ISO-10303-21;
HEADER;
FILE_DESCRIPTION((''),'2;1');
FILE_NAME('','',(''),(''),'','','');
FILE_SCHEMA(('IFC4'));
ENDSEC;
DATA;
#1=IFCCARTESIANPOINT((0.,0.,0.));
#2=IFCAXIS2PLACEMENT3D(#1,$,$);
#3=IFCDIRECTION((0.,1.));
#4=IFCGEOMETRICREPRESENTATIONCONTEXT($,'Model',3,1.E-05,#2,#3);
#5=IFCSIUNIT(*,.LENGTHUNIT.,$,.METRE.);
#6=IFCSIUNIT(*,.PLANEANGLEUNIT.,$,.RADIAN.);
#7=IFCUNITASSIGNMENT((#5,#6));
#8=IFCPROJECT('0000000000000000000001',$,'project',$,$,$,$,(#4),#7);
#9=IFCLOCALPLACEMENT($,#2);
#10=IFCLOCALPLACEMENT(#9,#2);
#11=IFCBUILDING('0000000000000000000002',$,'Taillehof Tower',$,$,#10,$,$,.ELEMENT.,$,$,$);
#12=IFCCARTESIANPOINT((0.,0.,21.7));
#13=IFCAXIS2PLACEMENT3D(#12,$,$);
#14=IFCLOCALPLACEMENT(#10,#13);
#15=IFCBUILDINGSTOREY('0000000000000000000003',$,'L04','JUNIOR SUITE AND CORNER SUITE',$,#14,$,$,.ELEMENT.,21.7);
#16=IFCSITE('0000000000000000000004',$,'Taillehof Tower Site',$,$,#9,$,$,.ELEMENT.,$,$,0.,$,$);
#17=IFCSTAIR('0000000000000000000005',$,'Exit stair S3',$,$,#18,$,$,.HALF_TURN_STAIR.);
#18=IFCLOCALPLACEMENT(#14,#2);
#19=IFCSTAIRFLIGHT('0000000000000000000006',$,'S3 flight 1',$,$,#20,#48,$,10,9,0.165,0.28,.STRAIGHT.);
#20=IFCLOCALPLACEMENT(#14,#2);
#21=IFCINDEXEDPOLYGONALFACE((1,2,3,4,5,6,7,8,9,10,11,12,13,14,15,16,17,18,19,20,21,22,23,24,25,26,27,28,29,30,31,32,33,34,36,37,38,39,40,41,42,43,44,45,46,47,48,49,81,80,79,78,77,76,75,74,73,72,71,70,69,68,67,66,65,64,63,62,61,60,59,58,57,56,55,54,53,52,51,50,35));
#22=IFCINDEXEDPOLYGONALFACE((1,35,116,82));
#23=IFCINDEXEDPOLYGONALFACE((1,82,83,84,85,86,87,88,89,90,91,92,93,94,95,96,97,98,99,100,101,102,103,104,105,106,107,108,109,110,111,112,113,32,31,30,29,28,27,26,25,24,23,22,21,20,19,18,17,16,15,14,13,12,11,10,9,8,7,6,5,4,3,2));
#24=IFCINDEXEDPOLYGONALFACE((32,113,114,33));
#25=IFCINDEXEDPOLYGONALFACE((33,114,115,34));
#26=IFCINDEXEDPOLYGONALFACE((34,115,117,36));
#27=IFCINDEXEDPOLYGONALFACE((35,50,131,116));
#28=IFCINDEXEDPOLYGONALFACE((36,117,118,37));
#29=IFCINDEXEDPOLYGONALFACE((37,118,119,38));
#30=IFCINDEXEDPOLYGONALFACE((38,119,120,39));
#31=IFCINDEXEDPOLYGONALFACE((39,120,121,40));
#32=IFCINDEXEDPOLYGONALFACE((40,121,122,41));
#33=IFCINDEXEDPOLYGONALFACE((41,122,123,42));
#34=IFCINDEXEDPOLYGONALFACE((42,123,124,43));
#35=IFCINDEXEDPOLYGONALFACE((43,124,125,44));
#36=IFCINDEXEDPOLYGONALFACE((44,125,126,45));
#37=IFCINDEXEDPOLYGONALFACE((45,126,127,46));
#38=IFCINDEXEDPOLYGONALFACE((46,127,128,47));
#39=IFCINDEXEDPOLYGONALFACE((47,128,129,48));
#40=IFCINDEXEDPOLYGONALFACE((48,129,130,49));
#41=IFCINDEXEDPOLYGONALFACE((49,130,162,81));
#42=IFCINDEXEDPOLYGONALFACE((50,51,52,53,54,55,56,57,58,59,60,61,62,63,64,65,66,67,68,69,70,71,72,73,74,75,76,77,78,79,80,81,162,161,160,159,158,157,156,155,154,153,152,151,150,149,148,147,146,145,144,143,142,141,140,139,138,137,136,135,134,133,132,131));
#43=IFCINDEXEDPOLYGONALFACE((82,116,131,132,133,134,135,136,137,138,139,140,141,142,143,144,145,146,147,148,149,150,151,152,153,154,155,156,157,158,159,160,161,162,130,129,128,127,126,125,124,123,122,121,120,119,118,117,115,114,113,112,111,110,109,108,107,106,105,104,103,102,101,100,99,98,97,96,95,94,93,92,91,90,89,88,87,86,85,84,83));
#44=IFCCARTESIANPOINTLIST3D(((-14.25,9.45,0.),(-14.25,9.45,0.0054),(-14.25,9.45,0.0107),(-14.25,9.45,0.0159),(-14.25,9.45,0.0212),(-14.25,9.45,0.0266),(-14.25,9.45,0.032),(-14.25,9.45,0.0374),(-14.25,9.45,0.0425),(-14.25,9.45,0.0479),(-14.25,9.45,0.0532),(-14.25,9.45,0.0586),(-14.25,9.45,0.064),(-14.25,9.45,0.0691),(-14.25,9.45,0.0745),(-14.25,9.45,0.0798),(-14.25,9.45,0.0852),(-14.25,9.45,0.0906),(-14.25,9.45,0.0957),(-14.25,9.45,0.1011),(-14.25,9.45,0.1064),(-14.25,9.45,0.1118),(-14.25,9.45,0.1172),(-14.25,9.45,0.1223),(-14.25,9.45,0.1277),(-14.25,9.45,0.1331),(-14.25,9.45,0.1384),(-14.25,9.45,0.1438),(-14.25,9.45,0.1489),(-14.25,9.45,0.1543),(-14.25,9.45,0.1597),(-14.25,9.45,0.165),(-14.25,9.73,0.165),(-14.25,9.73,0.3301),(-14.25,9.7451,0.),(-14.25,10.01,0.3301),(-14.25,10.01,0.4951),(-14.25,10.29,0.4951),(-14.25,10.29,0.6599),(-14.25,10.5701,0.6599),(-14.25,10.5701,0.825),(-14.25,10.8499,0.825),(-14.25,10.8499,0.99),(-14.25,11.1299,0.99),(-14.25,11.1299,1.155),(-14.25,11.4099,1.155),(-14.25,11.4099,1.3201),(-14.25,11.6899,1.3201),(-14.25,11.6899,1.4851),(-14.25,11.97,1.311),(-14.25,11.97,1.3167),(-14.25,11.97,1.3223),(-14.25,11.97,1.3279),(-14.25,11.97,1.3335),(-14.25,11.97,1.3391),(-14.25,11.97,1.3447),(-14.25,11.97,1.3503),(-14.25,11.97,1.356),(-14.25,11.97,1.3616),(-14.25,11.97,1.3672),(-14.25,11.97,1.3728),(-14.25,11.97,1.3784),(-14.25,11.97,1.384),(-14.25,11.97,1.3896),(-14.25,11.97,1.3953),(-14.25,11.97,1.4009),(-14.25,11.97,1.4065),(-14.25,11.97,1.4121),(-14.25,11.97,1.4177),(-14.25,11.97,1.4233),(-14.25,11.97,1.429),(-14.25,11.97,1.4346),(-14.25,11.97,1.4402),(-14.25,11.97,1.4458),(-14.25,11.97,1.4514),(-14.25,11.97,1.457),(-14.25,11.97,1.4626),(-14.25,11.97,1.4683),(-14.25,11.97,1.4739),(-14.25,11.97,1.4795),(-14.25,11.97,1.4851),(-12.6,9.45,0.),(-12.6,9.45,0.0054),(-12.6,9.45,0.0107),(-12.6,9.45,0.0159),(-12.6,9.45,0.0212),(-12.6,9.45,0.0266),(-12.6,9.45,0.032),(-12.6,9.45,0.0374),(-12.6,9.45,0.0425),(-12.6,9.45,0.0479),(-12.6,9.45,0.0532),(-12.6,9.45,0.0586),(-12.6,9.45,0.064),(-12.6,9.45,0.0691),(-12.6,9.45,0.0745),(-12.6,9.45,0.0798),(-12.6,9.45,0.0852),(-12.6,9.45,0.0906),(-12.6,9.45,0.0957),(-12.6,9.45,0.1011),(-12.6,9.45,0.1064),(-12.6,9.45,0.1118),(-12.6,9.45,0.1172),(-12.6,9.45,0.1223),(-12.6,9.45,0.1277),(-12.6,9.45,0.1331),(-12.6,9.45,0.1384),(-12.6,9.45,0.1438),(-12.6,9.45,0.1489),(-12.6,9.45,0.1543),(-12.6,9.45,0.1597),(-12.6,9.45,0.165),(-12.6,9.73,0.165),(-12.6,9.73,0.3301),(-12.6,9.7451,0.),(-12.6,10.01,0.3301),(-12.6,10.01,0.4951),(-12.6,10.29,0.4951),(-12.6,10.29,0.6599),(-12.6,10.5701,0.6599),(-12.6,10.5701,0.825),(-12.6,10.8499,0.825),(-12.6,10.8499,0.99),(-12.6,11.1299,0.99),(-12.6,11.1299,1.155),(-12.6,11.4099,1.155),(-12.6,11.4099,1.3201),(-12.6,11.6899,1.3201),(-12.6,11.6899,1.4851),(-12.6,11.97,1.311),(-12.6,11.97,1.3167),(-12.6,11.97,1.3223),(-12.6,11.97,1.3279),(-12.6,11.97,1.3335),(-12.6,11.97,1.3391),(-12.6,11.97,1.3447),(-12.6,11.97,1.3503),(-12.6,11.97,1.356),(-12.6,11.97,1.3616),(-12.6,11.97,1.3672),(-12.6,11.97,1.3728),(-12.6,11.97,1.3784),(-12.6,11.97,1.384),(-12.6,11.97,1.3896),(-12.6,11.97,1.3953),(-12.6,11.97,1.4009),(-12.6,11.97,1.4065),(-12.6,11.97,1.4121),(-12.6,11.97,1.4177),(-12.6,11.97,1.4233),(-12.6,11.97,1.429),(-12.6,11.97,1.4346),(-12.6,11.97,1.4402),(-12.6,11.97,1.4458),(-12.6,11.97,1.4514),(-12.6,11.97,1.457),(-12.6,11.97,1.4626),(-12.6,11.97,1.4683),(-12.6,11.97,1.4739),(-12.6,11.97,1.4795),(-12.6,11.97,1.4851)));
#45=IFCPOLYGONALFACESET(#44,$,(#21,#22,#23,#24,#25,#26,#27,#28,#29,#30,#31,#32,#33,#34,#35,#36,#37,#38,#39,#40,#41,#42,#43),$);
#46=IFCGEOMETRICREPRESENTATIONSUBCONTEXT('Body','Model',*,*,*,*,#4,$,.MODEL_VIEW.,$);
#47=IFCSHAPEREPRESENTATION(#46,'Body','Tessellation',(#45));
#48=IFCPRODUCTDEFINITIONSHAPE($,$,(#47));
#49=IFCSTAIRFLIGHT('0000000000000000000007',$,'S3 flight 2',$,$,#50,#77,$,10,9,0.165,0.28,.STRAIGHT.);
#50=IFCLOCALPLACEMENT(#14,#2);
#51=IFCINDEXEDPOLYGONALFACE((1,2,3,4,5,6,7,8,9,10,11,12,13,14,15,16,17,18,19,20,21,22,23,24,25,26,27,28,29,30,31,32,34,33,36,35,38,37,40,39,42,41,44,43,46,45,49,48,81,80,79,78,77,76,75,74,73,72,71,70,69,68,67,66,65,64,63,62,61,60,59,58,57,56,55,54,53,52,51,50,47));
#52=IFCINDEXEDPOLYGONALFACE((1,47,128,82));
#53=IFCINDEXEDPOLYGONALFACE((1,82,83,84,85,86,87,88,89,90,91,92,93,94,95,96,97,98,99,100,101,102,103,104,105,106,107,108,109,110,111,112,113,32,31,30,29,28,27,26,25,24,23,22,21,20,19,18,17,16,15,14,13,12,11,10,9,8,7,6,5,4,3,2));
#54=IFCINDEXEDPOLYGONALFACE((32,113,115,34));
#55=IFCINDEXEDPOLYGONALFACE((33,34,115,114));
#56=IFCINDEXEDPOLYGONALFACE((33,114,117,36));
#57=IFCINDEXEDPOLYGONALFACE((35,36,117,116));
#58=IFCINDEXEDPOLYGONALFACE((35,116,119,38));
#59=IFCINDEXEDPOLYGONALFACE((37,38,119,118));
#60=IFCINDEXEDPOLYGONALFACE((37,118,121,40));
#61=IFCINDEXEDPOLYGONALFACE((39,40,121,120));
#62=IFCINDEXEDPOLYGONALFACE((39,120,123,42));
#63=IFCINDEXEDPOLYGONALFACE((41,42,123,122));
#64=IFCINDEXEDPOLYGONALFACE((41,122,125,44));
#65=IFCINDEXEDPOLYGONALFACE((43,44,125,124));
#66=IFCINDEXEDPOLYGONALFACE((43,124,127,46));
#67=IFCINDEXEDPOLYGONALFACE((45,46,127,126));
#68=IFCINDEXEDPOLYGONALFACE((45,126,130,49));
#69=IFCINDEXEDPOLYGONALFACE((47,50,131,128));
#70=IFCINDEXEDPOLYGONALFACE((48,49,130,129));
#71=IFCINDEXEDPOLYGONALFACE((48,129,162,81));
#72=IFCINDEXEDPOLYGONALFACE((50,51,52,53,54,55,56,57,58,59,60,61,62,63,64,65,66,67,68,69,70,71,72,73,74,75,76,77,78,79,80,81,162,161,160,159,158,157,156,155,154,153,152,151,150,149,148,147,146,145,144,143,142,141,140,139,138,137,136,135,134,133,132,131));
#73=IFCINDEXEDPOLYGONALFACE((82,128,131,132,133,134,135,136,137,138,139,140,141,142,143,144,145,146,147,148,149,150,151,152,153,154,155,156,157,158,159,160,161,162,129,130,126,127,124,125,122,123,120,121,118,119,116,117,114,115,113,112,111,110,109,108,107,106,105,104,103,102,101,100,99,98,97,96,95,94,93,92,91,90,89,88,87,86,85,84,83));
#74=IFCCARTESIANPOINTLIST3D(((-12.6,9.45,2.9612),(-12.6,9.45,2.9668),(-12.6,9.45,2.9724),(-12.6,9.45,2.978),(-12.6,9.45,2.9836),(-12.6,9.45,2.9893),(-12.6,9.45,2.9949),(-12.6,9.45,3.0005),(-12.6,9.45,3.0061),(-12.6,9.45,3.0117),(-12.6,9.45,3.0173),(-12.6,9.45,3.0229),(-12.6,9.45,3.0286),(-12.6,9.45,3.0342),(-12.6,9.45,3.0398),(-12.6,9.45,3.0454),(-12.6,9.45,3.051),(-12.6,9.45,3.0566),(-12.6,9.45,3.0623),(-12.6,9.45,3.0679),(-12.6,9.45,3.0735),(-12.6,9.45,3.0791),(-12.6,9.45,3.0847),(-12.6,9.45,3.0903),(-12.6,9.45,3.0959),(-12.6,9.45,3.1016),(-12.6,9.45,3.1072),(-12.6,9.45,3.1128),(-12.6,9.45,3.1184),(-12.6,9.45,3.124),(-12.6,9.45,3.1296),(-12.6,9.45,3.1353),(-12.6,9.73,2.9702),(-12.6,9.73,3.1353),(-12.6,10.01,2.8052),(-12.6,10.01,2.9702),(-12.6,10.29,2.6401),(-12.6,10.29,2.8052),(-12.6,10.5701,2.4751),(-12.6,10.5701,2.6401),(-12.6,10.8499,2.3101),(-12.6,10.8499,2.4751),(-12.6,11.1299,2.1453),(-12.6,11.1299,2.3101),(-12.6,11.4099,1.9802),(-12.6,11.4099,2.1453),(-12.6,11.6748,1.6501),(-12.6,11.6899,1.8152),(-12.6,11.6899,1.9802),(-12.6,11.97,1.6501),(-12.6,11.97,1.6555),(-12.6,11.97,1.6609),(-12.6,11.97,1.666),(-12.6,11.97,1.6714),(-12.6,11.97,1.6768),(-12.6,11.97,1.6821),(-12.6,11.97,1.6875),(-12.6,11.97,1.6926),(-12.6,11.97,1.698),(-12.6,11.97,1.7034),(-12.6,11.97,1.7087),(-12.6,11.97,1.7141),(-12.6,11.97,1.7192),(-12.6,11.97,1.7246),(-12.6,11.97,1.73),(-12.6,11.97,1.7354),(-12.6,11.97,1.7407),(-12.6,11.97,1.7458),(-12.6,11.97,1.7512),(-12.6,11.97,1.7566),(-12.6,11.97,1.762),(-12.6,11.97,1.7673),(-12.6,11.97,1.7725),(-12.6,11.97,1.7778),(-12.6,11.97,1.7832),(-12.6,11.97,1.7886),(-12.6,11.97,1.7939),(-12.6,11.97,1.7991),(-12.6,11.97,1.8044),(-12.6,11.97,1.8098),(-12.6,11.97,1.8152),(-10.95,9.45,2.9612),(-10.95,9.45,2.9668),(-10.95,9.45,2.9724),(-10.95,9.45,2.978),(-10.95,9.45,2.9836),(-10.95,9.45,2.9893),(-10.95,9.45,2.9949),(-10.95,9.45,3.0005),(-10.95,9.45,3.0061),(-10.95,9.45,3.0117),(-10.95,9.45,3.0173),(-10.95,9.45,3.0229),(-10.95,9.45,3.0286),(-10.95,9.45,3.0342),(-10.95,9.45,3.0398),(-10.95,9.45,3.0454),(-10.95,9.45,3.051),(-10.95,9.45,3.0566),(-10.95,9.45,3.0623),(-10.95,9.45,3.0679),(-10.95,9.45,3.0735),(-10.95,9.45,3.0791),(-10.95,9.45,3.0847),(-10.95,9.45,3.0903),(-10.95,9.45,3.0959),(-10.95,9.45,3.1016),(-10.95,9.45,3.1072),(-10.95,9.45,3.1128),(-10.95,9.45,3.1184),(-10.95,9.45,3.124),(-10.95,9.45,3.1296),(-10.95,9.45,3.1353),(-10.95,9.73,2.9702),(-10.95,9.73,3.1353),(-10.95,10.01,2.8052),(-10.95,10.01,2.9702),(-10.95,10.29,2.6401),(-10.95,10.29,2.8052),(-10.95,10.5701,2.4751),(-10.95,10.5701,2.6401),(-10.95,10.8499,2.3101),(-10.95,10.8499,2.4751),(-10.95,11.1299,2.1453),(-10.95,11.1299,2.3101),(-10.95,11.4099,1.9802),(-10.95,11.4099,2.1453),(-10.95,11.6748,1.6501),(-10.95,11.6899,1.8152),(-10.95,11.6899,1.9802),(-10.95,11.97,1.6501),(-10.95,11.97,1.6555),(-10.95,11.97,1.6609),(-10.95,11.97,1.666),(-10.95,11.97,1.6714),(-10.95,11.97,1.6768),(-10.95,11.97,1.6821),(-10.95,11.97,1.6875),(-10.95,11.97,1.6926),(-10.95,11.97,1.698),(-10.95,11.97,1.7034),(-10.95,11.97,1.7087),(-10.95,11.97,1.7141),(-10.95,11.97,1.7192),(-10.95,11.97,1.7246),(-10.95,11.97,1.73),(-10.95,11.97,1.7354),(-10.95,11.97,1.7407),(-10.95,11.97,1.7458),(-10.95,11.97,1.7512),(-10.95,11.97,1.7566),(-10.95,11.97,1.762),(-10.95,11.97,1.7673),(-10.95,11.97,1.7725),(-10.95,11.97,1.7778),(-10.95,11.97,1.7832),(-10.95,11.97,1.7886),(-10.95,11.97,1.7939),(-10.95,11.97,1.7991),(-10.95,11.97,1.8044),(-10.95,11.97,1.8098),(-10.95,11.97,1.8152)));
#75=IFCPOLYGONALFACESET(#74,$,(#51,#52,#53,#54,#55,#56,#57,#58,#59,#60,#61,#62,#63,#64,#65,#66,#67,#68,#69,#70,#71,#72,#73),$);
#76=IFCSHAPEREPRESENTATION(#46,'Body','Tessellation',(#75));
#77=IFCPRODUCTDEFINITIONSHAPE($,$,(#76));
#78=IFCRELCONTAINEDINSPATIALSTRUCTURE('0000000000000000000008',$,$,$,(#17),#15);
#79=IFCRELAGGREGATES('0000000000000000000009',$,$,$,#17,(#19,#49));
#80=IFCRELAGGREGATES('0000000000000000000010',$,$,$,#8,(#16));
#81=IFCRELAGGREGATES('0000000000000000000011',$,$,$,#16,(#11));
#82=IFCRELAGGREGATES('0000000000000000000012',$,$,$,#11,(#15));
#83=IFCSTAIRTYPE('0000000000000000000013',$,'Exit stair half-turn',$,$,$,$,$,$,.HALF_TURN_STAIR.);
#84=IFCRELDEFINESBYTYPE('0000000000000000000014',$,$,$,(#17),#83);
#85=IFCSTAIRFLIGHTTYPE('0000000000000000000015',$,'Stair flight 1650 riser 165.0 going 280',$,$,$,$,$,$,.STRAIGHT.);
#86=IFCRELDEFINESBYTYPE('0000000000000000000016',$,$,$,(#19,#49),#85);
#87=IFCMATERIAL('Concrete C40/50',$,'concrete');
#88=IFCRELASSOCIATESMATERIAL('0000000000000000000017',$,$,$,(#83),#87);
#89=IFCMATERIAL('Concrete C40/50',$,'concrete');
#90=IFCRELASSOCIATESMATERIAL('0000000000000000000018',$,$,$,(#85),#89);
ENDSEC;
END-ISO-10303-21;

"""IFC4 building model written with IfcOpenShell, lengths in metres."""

from ifc_helpers import new_model, si_unit, direction, frame, origin, place, context, subcontext, project, spatial, polyline, outline, extrude, material, type_object, element, aggregate, save


model = new_model("IFC4")

# Units and contexts
model_context = context("Model", 3, precision=1e-05, world=origin(), true_north=direction((0.0, 1.0)))
body_context = subcontext(model_context, "Body", "Model", "MODEL_VIEW")
ifc_project = project(units=[si_unit("LENGTHUNIT", "METRE"), si_unit("PLANEANGLEUNIT", "RADIAN")], contexts=[model_context])

# Site, building, storey
site_placement = place(None, origin())
site = spatial("IfcSite", under=ifc_project, at=site_placement, Name="Taillehof Tower Site", CompositionType="ELEMENT", RefElevation=0.0)
building_placement = place(site_placement, origin())
building = spatial("IfcBuilding", under=site, at=building_placement, Name="Taillehof Tower", CompositionType="ELEMENT")
storey_placement = place(building_placement, frame((0.0, 0.0, 21.7)))
storey = spatial("IfcBuildingStorey", under=building, at=storey_placement, Name="L04", Description="JUNIOR SUITE AND CORNER SUITE", CompositionType="ELEMENT", Elevation=21.7)

# Stair, stair flights
ifc_material_1 = material(Name="Concrete C40/50", Category="concrete")
stair_type = type_object("IfcStairType", Name="Exit stair half-turn", PredefinedType="HALF_TURN_STAIR", material=ifc_material_1)
stair_placement = place(storey_placement, origin())
stair = element("IfcStair", 1, at=stair_placement, inside=storey, type_object=stair_type, Name="Exit stair S3", PredefinedType="HALF_TURN_STAIR")
ifc_material_2 = material(Name="Concrete C40/50", Category="concrete")
stair_flight_type = type_object("IfcStairFlightType", Name="Stair flight 1650 riser 165.0 going 280", PredefinedType="STRAIGHT", material=ifc_material_2)
stair_flight_1_placement = place(storey_placement, frame((-13.425, 9.45, 0.0), z_axis=(0.0, 0.0, 1.0), x_axis=(0.0, 1.0, 0.0)))
stair_flight_1 = element("IfcStairFlight", 2, at=stair_flight_1_placement, type_object=stair_flight_type, Name="S3 flight 1", NumberOfRisers=10, NumberOfTreads=9, PredefinedType="STRAIGHT", RiserHeight=0.165, TreadLength=0.28, context=body_context, shape_type="SweptSolid", body=[
    extrude(outline(polyline([(0.0, 0.0), (0.0, 0.0054), (0.0, 0.0107), (0.0, 0.0159), (0.0, 0.0212), (0.0, 0.0266), (0.0, 0.032), (0.0, 0.0374), (0.0, 0.0425), (0.0, 0.0479), (0.0, 0.0532), (0.0, 0.0586), (0.0, 0.064), (0.0, 0.0691), (0.0, 0.0745), (0.0, 0.0798), (0.0, 0.0852), (0.0, 0.0906), (0.0, 0.0957), (0.0, 0.1011), (0.0, 0.1064), (0.0, 0.1118), (0.0, 0.1172), (0.0, 0.1223), (0.0, 0.1277), (0.0, 0.1331), (0.0, 0.1384), (0.0, 0.1438), (0.0, 0.1489), (0.0, 0.1543), (0.0, 0.1597), (0.0, 0.165), (0.28, 0.165), (0.28, 0.3301), (0.5601, 0.3301), (0.5601, 0.4951), (0.8401, 0.4951), (0.8401, 0.6599), (1.1201, 0.6599), (1.1201, 0.825), (1.3999, 0.825), (1.3999, 0.99), (1.6799, 0.99), (1.6799, 1.155), (1.96, 1.155), (1.96, 1.3201), (2.24, 1.3201), (2.24, 1.4851), (2.52, 1.4851), (2.52, 1.4795), (2.52, 1.4739), (2.52, 1.4683), (2.52, 1.4626), (2.52, 1.457), (2.52, 1.4514), (2.52, 1.4458), (2.52, 1.4402), (2.52, 1.4346), (2.52, 1.429), (2.52, 1.4233), (2.52, 1.4177), (2.52, 1.4121), (2.52, 1.4065), (2.52, 1.4009), (2.52, 1.3953), (2.52, 1.3896), (2.52, 1.384), (2.52, 1.3784), (2.52, 1.3728), (2.52, 1.3672), (2.52, 1.3616), (2.52, 1.356), (2.52, 1.3503), (2.52, 1.3447), (2.52, 1.3391), (2.52, 1.3335), (2.52, 1.3279), (2.52, 1.3223), (2.52, 1.3167), (2.52, 1.311), (0.2952, 0.0), (0.0, 0.0)])), frame((0.0, 0.825, 0.0), z_axis=(0.0, -1.0, 0.0), x_axis=(1.0, 0.0, 0.0)), (0.0, 0.0, 1.0), 1.65),
])
stair_flight_2_placement = place(storey_placement, frame((-11.7749, 11.97, 1.6501), z_axis=(0.0, 0.0, 1.0), x_axis=(0.0, -1.0, 0.0)))
stair_flight_2 = element("IfcStairFlight", 3, at=stair_flight_2_placement, type_object=stair_flight_type, Name="S3 flight 2", NumberOfRisers=10, NumberOfTreads=9, PredefinedType="STRAIGHT", RiserHeight=0.165, TreadLength=0.28, context=body_context, shape_type="SweptSolid", body=[
    extrude(outline(polyline([(0.0, 0.0), (0.0, 0.0054), (0.0, 0.0107), (0.0, 0.0159), (0.0, 0.0212), (0.0, 0.0266), (0.0, 0.032), (0.0, 0.0374), (0.0, 0.0425), (0.0, 0.0479), (0.0, 0.0532), (0.0, 0.0586), (0.0, 0.064), (0.0, 0.0691), (0.0, 0.0745), (0.0, 0.0798), (0.0, 0.0852), (0.0, 0.0906), (0.0, 0.0957), (0.0, 0.1011), (0.0, 0.1064), (0.0, 0.1118), (0.0, 0.1172), (0.0, 0.1223), (0.0, 0.1277), (0.0, 0.1331), (0.0, 0.1384), (0.0, 0.1438), (0.0, 0.1489), (0.0, 0.1543), (0.0, 0.1597), (0.0, 0.165), (0.28, 0.165), (0.28, 0.3301), (0.5601, 0.3301), (0.5601, 0.4951), (0.8401, 0.4951), (0.8401, 0.6599), (1.1201, 0.6599), (1.1201, 0.825), (1.3999, 0.825), (1.3999, 0.99), (1.6799, 0.99), (1.6799, 1.155), (1.96, 1.155), (1.96, 1.3201), (2.24, 1.3201), (2.24, 1.4851), (2.52, 1.4851), (2.52, 1.4795), (2.52, 1.4739), (2.52, 1.4683), (2.52, 1.4626), (2.52, 1.457), (2.52, 1.4514), (2.52, 1.4458), (2.52, 1.4402), (2.52, 1.4346), (2.52, 1.429), (2.52, 1.4233), (2.52, 1.4177), (2.52, 1.4121), (2.52, 1.4065), (2.52, 1.4009), (2.52, 1.3953), (2.52, 1.3896), (2.52, 1.384), (2.52, 1.3784), (2.52, 1.3728), (2.52, 1.3672), (2.52, 1.3616), (2.52, 1.356), (2.52, 1.3503), (2.52, 1.3447), (2.52, 1.3391), (2.52, 1.3335), (2.52, 1.3279), (2.52, 1.3223), (2.52, 1.3167), (2.52, 1.311), (0.2952, 0.0), (0.0, 0.0)])), frame((0.0, 0.825, 0.0), z_axis=(0.0, -1.0, 0.0), x_axis=(1.0, 0.0, 0.0)), (0.0, 0.0, 1.0), 1.65),
])
aggregate(stair, [stair_flight_1, stair_flight_2])

save(model, "model.ifc")
